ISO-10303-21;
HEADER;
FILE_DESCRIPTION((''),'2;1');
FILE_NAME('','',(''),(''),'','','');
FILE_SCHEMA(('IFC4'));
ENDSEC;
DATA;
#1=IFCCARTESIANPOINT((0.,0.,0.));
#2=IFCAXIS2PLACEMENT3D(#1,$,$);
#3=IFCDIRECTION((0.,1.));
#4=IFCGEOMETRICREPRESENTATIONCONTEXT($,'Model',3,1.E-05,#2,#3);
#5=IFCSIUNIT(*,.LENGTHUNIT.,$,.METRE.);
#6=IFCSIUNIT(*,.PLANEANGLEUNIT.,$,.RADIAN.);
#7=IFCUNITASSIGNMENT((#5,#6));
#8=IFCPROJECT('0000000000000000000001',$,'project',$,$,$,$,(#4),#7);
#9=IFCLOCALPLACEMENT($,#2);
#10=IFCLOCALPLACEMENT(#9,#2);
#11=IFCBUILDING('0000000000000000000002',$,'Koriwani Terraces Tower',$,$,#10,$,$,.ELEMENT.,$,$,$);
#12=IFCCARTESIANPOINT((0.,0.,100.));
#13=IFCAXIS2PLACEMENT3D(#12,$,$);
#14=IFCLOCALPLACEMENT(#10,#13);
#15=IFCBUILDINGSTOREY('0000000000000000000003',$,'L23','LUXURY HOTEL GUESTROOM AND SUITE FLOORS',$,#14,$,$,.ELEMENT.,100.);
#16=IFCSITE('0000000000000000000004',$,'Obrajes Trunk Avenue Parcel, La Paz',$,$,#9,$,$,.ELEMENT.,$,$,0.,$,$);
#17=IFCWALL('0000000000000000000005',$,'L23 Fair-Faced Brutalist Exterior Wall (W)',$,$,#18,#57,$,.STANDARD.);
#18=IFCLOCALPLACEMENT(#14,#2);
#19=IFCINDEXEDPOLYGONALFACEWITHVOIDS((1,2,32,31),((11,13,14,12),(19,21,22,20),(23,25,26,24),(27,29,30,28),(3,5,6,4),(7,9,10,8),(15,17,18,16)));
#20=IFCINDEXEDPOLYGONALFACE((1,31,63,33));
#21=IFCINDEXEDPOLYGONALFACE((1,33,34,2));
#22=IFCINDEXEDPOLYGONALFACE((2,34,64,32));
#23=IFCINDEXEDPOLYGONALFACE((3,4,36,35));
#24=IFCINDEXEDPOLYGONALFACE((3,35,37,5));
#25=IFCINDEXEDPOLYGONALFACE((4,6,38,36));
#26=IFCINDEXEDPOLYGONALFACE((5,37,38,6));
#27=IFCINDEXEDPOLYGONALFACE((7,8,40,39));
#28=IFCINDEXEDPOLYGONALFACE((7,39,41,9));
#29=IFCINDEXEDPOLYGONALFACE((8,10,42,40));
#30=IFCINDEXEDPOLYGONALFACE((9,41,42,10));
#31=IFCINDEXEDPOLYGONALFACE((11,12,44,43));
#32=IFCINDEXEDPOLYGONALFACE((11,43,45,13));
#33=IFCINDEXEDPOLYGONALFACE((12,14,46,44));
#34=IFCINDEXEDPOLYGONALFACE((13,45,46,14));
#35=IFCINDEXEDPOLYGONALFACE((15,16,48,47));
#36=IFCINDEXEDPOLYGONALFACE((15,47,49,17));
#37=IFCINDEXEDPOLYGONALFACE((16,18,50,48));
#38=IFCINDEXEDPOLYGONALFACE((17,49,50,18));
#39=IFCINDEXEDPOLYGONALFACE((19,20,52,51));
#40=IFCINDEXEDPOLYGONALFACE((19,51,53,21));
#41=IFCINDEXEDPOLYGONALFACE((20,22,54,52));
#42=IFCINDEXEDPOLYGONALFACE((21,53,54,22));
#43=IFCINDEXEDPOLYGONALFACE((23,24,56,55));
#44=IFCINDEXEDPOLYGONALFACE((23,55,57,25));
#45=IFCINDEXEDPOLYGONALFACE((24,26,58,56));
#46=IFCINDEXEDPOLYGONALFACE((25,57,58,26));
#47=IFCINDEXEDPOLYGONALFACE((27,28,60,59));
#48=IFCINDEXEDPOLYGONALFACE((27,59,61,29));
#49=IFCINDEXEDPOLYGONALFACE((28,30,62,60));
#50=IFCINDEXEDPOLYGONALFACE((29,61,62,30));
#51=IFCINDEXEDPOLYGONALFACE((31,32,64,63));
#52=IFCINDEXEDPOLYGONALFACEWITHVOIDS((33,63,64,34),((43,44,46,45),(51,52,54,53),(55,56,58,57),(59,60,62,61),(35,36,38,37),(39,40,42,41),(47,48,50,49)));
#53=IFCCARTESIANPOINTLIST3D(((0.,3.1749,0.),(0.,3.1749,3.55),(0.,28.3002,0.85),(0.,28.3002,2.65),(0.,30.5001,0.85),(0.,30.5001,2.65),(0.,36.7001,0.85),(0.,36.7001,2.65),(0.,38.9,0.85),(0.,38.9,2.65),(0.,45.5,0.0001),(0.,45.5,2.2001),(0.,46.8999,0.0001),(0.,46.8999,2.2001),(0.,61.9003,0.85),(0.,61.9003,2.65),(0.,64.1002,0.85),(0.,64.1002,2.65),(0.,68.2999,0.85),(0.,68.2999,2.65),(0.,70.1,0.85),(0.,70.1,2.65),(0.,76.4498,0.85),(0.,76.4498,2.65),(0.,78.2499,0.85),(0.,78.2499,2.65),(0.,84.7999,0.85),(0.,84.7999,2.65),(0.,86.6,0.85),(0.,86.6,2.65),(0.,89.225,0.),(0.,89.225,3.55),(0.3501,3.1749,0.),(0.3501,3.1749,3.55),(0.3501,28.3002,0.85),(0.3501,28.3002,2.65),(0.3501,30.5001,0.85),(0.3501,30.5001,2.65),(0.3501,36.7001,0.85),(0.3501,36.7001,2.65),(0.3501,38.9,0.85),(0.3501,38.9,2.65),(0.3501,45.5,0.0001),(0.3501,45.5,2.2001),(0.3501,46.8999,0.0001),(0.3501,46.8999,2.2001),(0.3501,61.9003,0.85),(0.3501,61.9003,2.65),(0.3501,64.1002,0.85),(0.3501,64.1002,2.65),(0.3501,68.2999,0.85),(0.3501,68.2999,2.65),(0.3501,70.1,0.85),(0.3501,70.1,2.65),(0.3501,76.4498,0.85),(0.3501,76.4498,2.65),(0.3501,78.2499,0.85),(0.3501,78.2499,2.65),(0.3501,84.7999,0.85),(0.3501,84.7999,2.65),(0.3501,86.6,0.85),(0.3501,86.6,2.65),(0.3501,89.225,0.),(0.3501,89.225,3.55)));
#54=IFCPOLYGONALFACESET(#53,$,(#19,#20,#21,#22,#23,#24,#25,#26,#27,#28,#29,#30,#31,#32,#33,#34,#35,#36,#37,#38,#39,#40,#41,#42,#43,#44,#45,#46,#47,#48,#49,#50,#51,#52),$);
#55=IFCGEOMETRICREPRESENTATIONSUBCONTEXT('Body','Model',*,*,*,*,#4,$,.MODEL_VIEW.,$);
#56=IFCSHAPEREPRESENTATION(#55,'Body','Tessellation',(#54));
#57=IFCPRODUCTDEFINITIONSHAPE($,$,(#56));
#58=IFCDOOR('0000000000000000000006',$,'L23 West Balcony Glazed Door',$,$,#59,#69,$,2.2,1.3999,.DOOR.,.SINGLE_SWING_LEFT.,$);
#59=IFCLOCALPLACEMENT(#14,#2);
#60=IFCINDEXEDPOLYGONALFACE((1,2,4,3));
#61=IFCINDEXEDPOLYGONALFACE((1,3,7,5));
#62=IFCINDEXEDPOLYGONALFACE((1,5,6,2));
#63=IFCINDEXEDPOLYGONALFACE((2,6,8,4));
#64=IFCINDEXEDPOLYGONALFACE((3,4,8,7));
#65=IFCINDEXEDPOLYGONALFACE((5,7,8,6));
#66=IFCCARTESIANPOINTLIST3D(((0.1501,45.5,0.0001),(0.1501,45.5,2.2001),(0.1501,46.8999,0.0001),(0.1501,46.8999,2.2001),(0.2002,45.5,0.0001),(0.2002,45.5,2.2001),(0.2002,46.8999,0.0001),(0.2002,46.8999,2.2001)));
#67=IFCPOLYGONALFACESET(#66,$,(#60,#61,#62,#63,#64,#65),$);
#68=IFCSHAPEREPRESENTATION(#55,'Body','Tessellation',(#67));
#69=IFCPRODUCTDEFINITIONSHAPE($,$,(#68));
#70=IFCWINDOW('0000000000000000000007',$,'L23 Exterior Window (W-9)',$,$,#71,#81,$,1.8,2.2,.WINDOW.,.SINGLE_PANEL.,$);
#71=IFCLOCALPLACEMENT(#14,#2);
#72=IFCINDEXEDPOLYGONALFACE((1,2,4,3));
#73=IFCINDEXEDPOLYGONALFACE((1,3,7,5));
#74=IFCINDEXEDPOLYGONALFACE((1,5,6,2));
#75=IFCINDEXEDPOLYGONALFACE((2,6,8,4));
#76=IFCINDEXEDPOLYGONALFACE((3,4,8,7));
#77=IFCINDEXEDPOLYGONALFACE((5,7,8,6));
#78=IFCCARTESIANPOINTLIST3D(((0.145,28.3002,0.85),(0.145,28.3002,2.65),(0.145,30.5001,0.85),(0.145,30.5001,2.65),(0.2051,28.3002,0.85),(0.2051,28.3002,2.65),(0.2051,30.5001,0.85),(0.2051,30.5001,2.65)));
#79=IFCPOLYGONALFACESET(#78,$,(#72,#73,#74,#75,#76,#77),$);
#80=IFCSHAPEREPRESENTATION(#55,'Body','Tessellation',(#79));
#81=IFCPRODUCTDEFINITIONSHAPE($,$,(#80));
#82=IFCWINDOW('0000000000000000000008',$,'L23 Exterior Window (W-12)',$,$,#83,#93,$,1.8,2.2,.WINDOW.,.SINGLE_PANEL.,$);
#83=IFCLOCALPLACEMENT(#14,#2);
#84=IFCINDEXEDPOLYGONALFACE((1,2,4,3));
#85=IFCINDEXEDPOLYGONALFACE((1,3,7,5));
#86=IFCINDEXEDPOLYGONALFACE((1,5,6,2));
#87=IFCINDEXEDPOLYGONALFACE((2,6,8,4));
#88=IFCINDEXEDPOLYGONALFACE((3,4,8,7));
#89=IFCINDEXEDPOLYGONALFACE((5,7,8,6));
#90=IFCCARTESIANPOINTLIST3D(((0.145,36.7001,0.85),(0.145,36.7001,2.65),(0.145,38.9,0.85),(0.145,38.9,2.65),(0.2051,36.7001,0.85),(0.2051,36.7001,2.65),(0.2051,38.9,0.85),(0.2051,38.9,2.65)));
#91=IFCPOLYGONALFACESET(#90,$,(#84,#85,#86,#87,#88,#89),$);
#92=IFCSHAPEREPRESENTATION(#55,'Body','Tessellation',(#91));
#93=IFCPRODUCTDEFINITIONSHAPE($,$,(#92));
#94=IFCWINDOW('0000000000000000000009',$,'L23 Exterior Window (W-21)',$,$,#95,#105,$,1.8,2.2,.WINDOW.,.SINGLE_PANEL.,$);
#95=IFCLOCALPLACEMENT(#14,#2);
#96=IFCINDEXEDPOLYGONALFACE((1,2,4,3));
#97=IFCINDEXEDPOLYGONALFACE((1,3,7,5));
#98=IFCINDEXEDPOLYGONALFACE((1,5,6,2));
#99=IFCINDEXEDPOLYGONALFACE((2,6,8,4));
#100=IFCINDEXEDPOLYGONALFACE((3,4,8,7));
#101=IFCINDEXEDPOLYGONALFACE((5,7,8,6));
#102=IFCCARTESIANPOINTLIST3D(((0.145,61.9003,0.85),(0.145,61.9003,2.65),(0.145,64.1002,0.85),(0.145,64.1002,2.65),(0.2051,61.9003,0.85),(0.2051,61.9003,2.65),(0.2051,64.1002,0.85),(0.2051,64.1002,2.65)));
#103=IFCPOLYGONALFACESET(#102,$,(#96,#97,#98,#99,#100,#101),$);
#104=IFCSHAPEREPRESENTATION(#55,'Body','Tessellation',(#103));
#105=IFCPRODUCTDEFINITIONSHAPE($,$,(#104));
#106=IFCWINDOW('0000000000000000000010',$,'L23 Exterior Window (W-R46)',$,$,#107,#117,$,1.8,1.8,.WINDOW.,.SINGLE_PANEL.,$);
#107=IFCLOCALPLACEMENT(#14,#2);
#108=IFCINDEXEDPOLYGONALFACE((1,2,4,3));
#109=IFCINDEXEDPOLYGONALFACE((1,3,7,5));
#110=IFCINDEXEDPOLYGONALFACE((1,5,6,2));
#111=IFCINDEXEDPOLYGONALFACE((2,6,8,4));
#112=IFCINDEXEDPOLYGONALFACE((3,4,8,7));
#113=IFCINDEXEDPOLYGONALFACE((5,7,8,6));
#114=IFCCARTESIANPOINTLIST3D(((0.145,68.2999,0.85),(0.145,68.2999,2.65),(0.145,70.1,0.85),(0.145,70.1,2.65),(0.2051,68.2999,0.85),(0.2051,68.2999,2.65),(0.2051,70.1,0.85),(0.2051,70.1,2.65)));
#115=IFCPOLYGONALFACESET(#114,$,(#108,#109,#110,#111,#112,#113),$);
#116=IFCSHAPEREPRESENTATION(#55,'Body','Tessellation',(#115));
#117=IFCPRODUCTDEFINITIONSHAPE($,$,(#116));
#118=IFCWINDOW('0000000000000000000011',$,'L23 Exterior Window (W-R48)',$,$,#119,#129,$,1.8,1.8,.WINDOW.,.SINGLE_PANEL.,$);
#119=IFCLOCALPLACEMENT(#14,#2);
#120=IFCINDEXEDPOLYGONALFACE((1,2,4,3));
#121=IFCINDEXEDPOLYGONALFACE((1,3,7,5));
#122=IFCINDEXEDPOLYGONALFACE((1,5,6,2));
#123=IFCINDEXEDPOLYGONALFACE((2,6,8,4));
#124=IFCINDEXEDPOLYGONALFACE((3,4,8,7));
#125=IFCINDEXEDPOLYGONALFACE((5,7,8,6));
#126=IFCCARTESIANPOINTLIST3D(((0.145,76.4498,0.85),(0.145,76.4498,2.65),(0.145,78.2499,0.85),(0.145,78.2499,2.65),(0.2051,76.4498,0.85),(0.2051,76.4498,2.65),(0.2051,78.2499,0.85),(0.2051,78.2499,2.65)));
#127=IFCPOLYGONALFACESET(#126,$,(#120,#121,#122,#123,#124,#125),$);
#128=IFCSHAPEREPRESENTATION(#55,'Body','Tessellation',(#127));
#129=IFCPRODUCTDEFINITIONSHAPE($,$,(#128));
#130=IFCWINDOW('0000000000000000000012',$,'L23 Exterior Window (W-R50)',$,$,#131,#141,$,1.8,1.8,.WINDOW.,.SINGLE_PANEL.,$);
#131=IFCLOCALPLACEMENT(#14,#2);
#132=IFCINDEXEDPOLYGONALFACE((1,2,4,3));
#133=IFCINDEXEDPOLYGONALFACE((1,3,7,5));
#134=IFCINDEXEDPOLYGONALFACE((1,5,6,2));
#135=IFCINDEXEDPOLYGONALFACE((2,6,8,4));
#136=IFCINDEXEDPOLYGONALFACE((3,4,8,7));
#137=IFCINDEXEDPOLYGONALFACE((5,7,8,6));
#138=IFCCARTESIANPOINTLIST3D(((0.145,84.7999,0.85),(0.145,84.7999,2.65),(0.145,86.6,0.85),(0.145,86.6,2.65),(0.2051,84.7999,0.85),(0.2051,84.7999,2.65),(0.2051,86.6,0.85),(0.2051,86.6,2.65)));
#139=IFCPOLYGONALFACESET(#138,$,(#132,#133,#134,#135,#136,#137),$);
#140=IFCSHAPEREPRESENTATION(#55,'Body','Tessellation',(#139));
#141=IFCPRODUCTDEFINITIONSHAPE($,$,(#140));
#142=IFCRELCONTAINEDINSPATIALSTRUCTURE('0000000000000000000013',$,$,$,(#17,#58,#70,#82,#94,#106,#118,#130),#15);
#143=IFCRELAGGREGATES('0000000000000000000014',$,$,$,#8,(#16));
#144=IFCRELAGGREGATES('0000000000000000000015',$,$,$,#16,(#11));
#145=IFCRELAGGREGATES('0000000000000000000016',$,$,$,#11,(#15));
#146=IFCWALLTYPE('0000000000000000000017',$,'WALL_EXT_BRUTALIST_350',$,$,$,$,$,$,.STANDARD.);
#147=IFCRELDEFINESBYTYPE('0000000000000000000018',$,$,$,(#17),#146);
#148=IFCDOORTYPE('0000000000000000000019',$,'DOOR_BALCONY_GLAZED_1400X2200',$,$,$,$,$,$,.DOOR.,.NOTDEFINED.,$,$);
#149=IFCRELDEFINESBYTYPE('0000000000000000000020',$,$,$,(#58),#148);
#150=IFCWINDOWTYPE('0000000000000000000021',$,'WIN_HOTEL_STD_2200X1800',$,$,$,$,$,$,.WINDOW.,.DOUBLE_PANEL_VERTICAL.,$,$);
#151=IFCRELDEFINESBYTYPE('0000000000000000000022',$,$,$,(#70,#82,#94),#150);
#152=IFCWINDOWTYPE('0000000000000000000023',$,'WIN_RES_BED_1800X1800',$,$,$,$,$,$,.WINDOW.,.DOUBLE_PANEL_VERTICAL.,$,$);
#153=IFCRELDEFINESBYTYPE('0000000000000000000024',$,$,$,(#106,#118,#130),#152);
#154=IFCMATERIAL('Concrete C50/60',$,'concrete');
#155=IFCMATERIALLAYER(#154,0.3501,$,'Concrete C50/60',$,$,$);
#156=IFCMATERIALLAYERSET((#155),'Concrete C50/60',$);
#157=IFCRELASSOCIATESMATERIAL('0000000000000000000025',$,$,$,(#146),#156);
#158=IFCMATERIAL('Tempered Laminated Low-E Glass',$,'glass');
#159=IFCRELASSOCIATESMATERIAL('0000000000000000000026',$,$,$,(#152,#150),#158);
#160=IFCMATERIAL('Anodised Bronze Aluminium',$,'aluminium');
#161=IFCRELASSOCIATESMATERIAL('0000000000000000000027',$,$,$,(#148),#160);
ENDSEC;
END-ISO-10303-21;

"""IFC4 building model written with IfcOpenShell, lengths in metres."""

from ifc_helpers import new_model, si_unit, direction, frame, frame_2d, origin, place, context, subcontext, project, spatial, rectangle, extrude, material, layer, layer_set, type_object, element, fill, save


model = new_model("IFC4")

# Units and contexts
model_context = context("Model", 3, precision=1e-05, world=origin(), true_north=direction((0.0, 1.0)))
body_context = subcontext(model_context, "Body", "Model", "MODEL_VIEW")
ifc_project = project(units=[si_unit("LENGTHUNIT", "METRE"), si_unit("PLANEANGLEUNIT", "RADIAN")], contexts=[model_context])

# Site, building, storey
site_placement = place(None, origin())
site = spatial("IfcSite", under=ifc_project, at=site_placement, Name="Obrajes Trunk Avenue Parcel, La Paz", CompositionType="ELEMENT", RefElevation=0.0)
building_placement = place(site_placement, origin())
building = spatial("IfcBuilding", under=site, at=building_placement, Name="Koriwani Terraces Tower", CompositionType="ELEMENT")
storey_placement = place(building_placement, frame((0.0, 0.0, 100.0)))
storey = spatial("IfcBuildingStorey", under=building, at=storey_placement, Name="L23", Description="LUXURY HOTEL GUESTROOM AND SUITE FLOORS", CompositionType="ELEMENT", Elevation=100.0)

# Shared definitions
ifc_material_1 = material(Name="Concrete C50/60", Category="concrete")

# Shared definitions
ifc_layer_1 = layer(ifc_material_1, 0.3501, Name="Concrete C50/60")
ifc_layer_set_1 = layer_set([ifc_layer_1], Name="Concrete C50/60")
wall_type_1 = type_object("IfcWallType", Name="WALL_EXT_BRUTALIST_350", PredefinedType="STANDARD", material=ifc_layer_set_1)
ifc_material_2 = material(Name="Tempered Laminated Low-E Glass", Category="glass")
window_type_1 = type_object("IfcWindowType", Name="WIN_RES_BED_1800X1800", PartitioningType="DOUBLE_PANEL_VERTICAL", PredefinedType="WINDOW", material=ifc_material_2)

# Wall, openings, door, windows
wall_1_placement = place(storey_placement, frame((0.175, 3.175, 0.0), z_axis=(0.0, 0.0, 1.0), x_axis=(0.0, 1.0, 0.0)))
wall_1 = element("IfcWall", 1, at=wall_1_placement, inside=storey, type_object=wall_type_1, Name="L23 Fair-Faced Brutalist Exterior Wall (W)", PredefinedType="STANDARD", context=body_context, shape_type="SweptSolid", body=[
    extrude(rectangle(XDim=86.05, YDim=0.3501, at=frame_2d((43.0249, 0.0))), origin(), (0.0, 0.0, 1.0), 3.55),
])
opening_1_placement = place(wall_1_placement, frame((42.325, 0.0, 0.0)))
opening_1 = element("IfcOpeningElement", 2, at=opening_1_placement, cuts=wall_1, PredefinedType="OPENING", context=body_context, shape_type="SweptSolid", body=[
    extrude(rectangle(XDim=1.3999, YDim=2.2, at=frame_2d((0.7, 1.1001))), frame((0.0, 0.1851, 0.0), z_axis=(0.0, -1.0, 0.0), x_axis=(1.0, 0.0, 0.0)), (0.0, 0.0, 1.0), 0.3701),
])
opening_2_placement = place(wall_1_placement, frame((25.125, 0.0, 0.8501)))
opening_2 = element("IfcOpeningElement", 3, at=opening_2_placement, cuts=wall_1, PredefinedType="OPENING", context=body_context, shape_type="SweptSolid", body=[
    extrude(rectangle(XDim=2.2, YDim=1.8, at=frame_2d((1.1001, 0.8999))), frame((0.0, 0.1851, 0.0), z_axis=(0.0, -1.0, 0.0), x_axis=(1.0, 0.0, 0.0)), (0.0, 0.0, 1.0), 0.3701),
])
opening_3_placement = place(wall_1_placement, frame((33.5249, 0.0, 0.8501)))
opening_3 = element("IfcOpeningElement", 4, at=opening_3_placement, cuts=wall_1, PredefinedType="OPENING", context=body_context, shape_type="SweptSolid", body=[
    extrude(rectangle(XDim=2.2, YDim=1.8, at=frame_2d((1.1001, 0.8999))), frame((0.0, 0.1851, 0.0), z_axis=(0.0, -1.0, 0.0), x_axis=(1.0, 0.0, 0.0)), (0.0, 0.0, 1.0), 0.3701),
])
opening_4_placement = place(wall_1_placement, frame((58.7251, 0.0, 0.8501)))
opening_4 = element("IfcOpeningElement", 5, at=opening_4_placement, cuts=wall_1, PredefinedType="OPENING", context=body_context, shape_type="SweptSolid", body=[
    extrude(rectangle(XDim=2.2, YDim=1.8, at=frame_2d((1.1001, 0.8999))), frame((0.0, 0.1851, 0.0), z_axis=(0.0, -1.0, 0.0), x_axis=(1.0, 0.0, 0.0)), (0.0, 0.0, 1.0), 0.3701),
])
opening_5_placement = place(wall_1_placement, frame((65.125, 0.0, 0.8501)))
opening_5 = element("IfcOpeningElement", 6, at=opening_5_placement, cuts=wall_1, PredefinedType="OPENING", context=body_context, shape_type="SweptSolid", body=[
    extrude(rectangle(XDim=1.8, YDim=1.8, at=frame_2d((0.8999, 0.8999))), frame((0.0, 0.1851, 0.0), z_axis=(0.0, -1.0, 0.0), x_axis=(1.0, 0.0, 0.0)), (0.0, 0.0, 1.0), 0.3701),
])
opening_6_placement = place(wall_1_placement, frame((73.2749, 0.0, 0.8501)))
opening_6 = element("IfcOpeningElement", 7, at=opening_6_placement, cuts=wall_1, PredefinedType="OPENING", context=body_context, shape_type="SweptSolid", body=[
    extrude(rectangle(XDim=1.8, YDim=1.8, at=frame_2d((0.8999, 0.8999))), frame((0.0, 0.1851, 0.0), z_axis=(0.0, -1.0, 0.0), x_axis=(1.0, 0.0, 0.0)), (0.0, 0.0, 1.0), 0.3701),
])
opening_7_placement = place(wall_1_placement, frame((81.625, 0.0, 0.8501)))
opening_7 = element("IfcOpeningElement", 8, at=opening_7_placement, cuts=wall_1, PredefinedType="OPENING", context=body_context, shape_type="SweptSolid", body=[
    extrude(rectangle(XDim=1.8, YDim=1.8, at=frame_2d((0.8999, 0.8999))), frame((0.0, 0.1851, 0.0), z_axis=(0.0, -1.0, 0.0), x_axis=(1.0, 0.0, 0.0)), (0.0, 0.0, 1.0), 0.3701),
])
ifc_material_3 = material(Name="Anodised Bronze Aluminium", Category="aluminium")
door_type = type_object("IfcDoorType", Name="DOOR_BALCONY_GLAZED_1400X2200", OperationType="NOTDEFINED", PredefinedType="DOOR", material=ifc_material_3)
door_placement = place(opening_1_placement, origin())
door = element("IfcDoor", 9, at=door_placement, inside=storey, type_object=door_type, Name="L23 West Balcony Glazed Door", OperationType="SINGLE_SWING_LEFT", OverallHeight=2.2, OverallWidth=1.3999, PredefinedType="DOOR", context=body_context, shape_type="SweptSolid", body=[
    extrude(rectangle(XDim=1.3999, YDim=2.2, at=frame_2d((0.7, 1.1001))), frame((0.0, 0.0249, 0.0), z_axis=(0.0, -1.0, 0.0), x_axis=(1.0, 0.0, 0.0)), (0.0, 0.0, 1.0), 0.05),
])
fill(opening_1, door)
window_type_2 = type_object("IfcWindowType", Name="WIN_HOTEL_STD_2200X1800", PartitioningType="DOUBLE_PANEL_VERTICAL", PredefinedType="WINDOW", material=ifc_material_2)
window_1_placement = place(opening_2_placement, origin())
window_1 = element("IfcWindow", 10, at=window_1_placement, inside=storey, type_object=window_type_2, Name="L23 Exterior Window (W-9)", OverallHeight=1.8, OverallWidth=2.2, PartitioningType="SINGLE_PANEL", PredefinedType="WINDOW", context=body_context, shape_type="SweptSolid", body=[
    extrude(rectangle(XDim=2.2, YDim=1.8, at=frame_2d((1.1001, 0.8999))), frame((0.0, 0.03, 0.0), z_axis=(0.0, -1.0, 0.0), x_axis=(1.0, 0.0, 0.0)), (0.0, 0.0, 1.0), 0.0601),
])
fill(opening_2, window_1)
window_2_placement = place(opening_3_placement, origin())
window_2 = element("IfcWindow", 11, at=window_2_placement, inside=storey, type_object=window_type_2, Name="L23 Exterior Window (W-12)", OverallHeight=1.8, OverallWidth=2.2, PartitioningType="SINGLE_PANEL", PredefinedType="WINDOW", context=body_context, shape_type="SweptSolid", body=[
    extrude(rectangle(XDim=2.2, YDim=1.8, at=frame_2d((1.1001, 0.8999))), frame((0.0, 0.03, 0.0), z_axis=(0.0, -1.0, 0.0), x_axis=(1.0, 0.0, 0.0)), (0.0, 0.0, 1.0), 0.0601),
])
fill(opening_3, window_2)
window_3_placement = place(opening_4_placement, origin())
window_3 = element("IfcWindow", 12, at=window_3_placement, inside=storey, type_object=window_type_2, Name="L23 Exterior Window (W-21)", OverallHeight=1.8, OverallWidth=2.2, PartitioningType="SINGLE_PANEL", PredefinedType="WINDOW", context=body_context, shape_type="SweptSolid", body=[
    extrude(rectangle(XDim=2.2, YDim=1.8, at=frame_2d((1.1001, 0.8999))), frame((0.0, 0.03, 0.0), z_axis=(0.0, -1.0, 0.0), x_axis=(1.0, 0.0, 0.0)), (0.0, 0.0, 1.0), 0.0601),
])
fill(opening_4, window_3)
window_4_placement = place(opening_5_placement, origin())
window_4 = element("IfcWindow", 13, at=window_4_placement, inside=storey, type_object=window_type_1, Name="L23 Exterior Window (W-R46)", OverallHeight=1.8, OverallWidth=1.8, PartitioningType="SINGLE_PANEL", PredefinedType="WINDOW", context=body_context, shape_type="SweptSolid", body=[
    extrude(rectangle(XDim=1.8, YDim=1.8, at=frame_2d((0.8999, 0.8999))), frame((0.0, 0.03, 0.0), z_axis=(0.0, -1.0, 0.0), x_axis=(1.0, 0.0, 0.0)), (0.0, 0.0, 1.0), 0.0601),
])
fill(opening_5, window_4)
window_5_placement = place(opening_6_placement, origin())
window_5 = element("IfcWindow", 14, at=window_5_placement, inside=storey, type_object=window_type_1, Name="L23 Exterior Window (W-R48)", OverallHeight=1.8, OverallWidth=1.8, PartitioningType="SINGLE_PANEL", PredefinedType="WINDOW", context=body_context, shape_type="SweptSolid", body=[
    extrude(rectangle(XDim=1.8, YDim=1.8, at=frame_2d((0.8999, 0.8999))), frame((0.0, 0.03, 0.0), z_axis=(0.0, -1.0, 0.0), x_axis=(1.0, 0.0, 0.0)), (0.0, 0.0, 1.0), 0.0601),
])
fill(opening_6, window_5)
window_6_placement = place(opening_7_placement, origin())
window_6 = element("IfcWindow", 15, at=window_6_placement, inside=storey, type_object=window_type_1, Name="L23 Exterior Window (W-R50)", OverallHeight=1.8, OverallWidth=1.8, PartitioningType="SINGLE_PANEL", PredefinedType="WINDOW", context=body_context, shape_type="SweptSolid", body=[
    extrude(rectangle(XDim=1.8, YDim=1.8, at=frame_2d((0.8999, 0.8999))), frame((0.0, 0.03, 0.0), z_axis=(0.0, -1.0, 0.0), x_axis=(1.0, 0.0, 0.0)), (0.0, 0.0, 1.0), 0.0601),
])
fill(opening_7, window_6)

save(model, "model.ifc")
